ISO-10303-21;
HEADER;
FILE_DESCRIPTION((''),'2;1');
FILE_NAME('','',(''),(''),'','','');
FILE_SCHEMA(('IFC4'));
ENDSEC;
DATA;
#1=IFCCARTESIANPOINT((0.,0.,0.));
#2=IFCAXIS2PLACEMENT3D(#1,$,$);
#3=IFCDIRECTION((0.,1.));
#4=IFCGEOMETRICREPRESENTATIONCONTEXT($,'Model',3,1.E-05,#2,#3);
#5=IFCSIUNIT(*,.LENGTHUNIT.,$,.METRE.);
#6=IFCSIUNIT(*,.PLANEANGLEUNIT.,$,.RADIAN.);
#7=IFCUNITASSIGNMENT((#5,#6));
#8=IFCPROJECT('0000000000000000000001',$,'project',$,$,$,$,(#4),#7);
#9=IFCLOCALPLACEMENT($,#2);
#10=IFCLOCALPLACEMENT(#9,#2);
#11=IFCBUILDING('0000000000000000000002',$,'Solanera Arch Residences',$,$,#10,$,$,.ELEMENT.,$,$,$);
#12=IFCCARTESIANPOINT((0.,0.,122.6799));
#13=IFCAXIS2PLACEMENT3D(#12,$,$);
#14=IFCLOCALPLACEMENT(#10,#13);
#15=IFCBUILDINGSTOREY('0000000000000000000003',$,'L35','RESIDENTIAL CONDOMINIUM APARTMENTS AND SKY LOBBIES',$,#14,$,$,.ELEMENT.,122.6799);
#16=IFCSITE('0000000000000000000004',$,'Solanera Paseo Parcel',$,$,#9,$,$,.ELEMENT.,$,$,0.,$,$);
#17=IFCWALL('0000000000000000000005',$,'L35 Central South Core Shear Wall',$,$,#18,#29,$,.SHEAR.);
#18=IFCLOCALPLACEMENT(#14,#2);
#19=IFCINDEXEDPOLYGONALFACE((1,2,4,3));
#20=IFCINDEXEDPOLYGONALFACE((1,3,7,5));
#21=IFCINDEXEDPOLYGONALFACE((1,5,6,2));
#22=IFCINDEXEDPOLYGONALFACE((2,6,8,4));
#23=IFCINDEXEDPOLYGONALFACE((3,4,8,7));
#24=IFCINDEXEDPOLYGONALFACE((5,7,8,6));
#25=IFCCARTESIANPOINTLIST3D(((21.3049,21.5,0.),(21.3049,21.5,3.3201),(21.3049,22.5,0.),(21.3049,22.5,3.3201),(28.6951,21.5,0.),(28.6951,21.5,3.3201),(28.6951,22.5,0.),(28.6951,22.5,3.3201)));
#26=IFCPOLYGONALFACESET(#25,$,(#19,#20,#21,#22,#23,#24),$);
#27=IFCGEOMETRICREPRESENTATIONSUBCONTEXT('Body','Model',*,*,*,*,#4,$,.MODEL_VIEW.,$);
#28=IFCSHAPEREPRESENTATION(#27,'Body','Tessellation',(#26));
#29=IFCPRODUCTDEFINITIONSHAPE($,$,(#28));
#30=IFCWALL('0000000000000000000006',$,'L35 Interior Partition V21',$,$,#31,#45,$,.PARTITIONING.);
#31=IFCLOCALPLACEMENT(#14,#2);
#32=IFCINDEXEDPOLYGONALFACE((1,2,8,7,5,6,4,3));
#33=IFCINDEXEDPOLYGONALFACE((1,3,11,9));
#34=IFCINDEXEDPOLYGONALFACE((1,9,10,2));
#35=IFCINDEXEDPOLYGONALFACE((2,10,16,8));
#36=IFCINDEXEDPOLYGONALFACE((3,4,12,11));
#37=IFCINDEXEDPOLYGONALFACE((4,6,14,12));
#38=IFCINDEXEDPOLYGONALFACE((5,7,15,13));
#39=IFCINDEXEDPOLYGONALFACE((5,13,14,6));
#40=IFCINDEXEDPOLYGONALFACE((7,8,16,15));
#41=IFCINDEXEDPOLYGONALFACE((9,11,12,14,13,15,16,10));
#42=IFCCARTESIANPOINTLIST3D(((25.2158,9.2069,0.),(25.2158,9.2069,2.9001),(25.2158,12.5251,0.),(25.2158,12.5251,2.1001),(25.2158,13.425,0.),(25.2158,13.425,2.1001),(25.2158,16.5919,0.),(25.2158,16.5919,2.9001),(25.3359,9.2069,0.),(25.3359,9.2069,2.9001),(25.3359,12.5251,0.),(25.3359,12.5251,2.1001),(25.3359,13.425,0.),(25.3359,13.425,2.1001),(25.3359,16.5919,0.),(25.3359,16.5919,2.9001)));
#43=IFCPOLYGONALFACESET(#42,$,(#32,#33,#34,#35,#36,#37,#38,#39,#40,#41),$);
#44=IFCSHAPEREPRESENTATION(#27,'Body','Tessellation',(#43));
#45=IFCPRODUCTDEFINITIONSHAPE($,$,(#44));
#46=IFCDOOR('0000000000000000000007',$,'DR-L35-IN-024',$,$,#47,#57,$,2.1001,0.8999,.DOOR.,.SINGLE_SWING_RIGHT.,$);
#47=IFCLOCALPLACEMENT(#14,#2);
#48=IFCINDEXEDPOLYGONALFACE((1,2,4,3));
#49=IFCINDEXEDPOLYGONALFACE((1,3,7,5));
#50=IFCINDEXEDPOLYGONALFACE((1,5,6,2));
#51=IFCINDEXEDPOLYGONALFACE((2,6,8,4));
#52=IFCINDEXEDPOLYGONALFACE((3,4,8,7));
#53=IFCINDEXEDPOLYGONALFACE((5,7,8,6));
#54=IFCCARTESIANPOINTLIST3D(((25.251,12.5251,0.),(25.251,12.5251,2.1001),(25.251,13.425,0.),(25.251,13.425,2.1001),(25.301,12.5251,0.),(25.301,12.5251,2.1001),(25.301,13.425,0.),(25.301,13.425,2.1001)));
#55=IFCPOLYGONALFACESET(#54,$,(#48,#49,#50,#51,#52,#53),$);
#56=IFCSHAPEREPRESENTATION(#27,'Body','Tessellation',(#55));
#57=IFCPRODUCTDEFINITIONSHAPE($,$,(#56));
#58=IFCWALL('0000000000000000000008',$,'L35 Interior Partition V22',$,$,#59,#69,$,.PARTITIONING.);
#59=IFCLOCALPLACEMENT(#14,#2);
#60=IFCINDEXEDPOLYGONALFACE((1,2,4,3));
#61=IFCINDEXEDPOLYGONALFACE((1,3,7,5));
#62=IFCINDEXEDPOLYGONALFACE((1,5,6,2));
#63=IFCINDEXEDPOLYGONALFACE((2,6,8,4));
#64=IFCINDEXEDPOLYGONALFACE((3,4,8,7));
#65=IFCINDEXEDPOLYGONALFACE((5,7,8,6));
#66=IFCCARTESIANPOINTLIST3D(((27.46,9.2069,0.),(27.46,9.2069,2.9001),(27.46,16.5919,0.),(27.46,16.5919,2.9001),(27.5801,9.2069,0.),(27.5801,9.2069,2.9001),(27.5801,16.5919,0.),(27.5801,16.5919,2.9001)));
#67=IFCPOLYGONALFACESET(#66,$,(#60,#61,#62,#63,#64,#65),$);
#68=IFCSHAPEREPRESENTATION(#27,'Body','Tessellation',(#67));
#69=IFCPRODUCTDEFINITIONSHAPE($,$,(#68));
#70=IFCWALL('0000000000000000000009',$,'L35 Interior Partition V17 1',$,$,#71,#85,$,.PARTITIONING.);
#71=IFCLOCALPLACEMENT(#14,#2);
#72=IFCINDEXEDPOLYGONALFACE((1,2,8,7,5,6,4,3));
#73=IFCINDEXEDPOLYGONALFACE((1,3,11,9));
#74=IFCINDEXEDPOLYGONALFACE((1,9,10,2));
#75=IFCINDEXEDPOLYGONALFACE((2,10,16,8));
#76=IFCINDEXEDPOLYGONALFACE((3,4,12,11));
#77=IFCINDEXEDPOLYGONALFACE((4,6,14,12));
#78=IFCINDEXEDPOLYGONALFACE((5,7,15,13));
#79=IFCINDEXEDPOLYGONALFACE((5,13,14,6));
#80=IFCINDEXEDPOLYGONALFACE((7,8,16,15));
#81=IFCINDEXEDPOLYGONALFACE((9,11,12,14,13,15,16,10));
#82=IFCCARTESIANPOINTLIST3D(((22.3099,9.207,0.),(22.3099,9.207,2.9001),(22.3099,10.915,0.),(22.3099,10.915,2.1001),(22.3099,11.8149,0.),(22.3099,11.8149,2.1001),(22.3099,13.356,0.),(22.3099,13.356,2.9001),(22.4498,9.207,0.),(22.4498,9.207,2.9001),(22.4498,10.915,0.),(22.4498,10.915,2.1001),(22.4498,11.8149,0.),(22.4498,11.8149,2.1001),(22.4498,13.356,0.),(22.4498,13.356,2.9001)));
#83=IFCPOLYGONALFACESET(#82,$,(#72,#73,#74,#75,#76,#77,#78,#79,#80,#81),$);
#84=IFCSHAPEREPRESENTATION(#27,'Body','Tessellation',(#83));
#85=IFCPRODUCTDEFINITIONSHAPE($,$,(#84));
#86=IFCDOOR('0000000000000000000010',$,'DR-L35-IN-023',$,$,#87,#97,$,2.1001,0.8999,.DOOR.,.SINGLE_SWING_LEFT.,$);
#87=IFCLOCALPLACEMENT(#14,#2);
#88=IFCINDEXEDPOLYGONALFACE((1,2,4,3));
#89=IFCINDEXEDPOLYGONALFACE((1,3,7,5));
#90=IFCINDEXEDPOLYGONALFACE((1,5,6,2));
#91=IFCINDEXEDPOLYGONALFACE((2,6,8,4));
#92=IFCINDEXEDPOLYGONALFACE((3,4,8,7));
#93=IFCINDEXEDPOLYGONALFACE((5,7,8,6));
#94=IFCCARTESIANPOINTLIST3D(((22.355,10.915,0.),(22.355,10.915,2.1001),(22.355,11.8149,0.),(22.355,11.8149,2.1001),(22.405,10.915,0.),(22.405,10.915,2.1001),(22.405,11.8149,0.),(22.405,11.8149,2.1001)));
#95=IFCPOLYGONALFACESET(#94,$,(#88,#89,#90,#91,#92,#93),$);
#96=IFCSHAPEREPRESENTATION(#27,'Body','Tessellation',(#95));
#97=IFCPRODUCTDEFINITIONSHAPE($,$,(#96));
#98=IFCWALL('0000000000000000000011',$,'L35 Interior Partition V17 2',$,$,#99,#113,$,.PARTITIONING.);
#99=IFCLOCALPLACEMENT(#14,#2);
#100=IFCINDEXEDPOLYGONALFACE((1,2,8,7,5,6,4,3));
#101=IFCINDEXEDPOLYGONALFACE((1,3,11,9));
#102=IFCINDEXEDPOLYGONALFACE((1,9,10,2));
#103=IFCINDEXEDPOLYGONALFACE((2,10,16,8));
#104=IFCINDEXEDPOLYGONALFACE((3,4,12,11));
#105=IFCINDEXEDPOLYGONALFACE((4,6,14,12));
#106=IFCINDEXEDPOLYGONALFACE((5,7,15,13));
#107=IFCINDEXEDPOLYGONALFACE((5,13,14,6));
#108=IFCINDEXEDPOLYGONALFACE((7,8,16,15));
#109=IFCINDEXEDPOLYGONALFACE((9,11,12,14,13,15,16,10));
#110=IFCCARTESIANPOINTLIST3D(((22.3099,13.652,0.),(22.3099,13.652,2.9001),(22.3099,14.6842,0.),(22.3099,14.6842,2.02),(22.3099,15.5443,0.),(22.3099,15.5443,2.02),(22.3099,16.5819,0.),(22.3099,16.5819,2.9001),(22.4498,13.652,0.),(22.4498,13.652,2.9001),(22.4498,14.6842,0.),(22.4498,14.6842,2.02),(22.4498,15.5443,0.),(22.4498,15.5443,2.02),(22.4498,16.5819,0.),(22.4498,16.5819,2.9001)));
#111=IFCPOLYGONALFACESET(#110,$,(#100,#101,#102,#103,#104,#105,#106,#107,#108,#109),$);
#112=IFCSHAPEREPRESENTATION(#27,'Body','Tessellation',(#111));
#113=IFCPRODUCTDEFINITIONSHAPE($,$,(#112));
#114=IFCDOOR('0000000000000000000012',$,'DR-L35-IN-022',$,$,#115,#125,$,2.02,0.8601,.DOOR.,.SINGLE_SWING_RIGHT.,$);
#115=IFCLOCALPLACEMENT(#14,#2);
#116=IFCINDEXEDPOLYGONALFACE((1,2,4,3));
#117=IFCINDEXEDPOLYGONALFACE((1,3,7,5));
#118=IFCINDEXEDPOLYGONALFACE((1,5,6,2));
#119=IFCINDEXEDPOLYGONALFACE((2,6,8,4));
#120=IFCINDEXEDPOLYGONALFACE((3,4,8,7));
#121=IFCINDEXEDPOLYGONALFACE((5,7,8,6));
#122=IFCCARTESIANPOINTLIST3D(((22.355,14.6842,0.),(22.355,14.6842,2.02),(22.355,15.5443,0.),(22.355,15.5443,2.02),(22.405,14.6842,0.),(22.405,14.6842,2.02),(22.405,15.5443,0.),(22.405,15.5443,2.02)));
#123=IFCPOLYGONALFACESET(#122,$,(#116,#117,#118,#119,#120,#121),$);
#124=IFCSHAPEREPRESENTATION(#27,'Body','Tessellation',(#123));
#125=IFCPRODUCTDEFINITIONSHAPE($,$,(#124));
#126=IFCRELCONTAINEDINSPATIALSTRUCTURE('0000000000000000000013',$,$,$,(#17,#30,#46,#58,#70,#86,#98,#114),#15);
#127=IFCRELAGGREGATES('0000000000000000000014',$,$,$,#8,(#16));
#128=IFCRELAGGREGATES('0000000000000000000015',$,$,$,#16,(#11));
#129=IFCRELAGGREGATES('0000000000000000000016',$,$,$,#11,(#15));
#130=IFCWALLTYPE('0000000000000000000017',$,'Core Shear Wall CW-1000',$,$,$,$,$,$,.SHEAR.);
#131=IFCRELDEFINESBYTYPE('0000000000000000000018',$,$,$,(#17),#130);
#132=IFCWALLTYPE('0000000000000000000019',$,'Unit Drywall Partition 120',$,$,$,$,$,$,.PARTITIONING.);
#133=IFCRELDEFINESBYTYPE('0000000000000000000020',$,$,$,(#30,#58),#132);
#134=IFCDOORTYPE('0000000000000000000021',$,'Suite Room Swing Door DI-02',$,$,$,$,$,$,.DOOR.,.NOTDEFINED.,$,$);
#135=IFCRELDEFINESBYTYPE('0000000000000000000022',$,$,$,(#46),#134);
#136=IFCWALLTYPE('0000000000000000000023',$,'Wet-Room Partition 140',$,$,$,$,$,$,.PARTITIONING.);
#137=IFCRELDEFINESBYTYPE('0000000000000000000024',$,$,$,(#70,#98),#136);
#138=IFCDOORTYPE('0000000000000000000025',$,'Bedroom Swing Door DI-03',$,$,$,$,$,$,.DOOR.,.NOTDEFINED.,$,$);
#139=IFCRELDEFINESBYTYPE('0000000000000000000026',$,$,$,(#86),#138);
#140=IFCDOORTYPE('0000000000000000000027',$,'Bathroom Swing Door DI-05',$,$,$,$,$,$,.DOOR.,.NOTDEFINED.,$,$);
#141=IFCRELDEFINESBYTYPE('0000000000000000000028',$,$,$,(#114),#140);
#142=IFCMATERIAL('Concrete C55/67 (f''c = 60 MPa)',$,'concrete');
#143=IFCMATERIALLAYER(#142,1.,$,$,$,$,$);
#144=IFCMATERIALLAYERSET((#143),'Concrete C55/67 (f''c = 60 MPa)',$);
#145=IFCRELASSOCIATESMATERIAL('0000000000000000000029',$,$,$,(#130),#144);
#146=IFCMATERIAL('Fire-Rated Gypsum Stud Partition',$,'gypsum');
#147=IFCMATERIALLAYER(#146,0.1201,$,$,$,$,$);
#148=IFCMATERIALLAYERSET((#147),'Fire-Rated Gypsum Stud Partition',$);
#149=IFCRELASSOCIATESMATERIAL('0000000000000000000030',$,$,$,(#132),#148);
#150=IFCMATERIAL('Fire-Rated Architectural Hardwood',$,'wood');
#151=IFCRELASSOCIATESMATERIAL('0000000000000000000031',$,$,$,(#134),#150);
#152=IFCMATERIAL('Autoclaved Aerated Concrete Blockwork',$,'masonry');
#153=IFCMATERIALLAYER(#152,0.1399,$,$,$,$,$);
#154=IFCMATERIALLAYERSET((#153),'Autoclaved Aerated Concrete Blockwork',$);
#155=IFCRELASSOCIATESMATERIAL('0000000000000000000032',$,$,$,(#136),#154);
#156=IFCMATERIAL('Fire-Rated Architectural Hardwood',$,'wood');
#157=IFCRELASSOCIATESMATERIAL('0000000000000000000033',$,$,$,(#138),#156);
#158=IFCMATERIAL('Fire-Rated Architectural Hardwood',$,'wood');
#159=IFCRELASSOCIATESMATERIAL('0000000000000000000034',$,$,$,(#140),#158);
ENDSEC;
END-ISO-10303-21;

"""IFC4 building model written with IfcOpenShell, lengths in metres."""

from ifc_helpers import new_model, si_unit, direction, frame, frame_2d, origin, place, context, subcontext, project, spatial, rectangle, extrude, material, layer, layer_set, type_object, element, fill, save


model = new_model("IFC4")

# Units and contexts
model_context = context("Model", 3, precision=1e-05, world=origin(), true_north=direction((0.0, 1.0)))
body_context = subcontext(model_context, "Body", "Model", "MODEL_VIEW")
ifc_project = project(units=[si_unit("LENGTHUNIT", "METRE"), si_unit("PLANEANGLEUNIT", "RADIAN")], contexts=[model_context])

# Site, building, storey
site_placement = place(None, origin())
site = spatial("IfcSite", under=ifc_project, at=site_placement, Name="Solanera Paseo Parcel", CompositionType="ELEMENT", RefElevation=0.0)
building_placement = place(site_placement, origin())
building = spatial("IfcBuilding", under=site, at=building_placement, Name="Solanera Arch Residences", CompositionType="ELEMENT")
storey_placement = place(building_placement, frame((0.0, 0.0, 122.6799)))
storey = spatial("IfcBuildingStorey", under=building, at=storey_placement, Name="L35", Description="RESIDENTIAL CONDOMINIUM APARTMENTS AND SKY LOBBIES", CompositionType="ELEMENT", Elevation=122.6799)

# Wall
ifc_material_1 = material(Name="Concrete C55/67 (f'c = 60 MPa)", Category="concrete")
ifc_layer_1 = layer(ifc_material_1, 1.0)
ifc_layer_set_1 = layer_set([ifc_layer_1], Name="Concrete C55/67 (f'c = 60 MPa)")
wall_type_1 = type_object("IfcWallType", Name="Core Shear Wall CW-1000", PredefinedType="SHEAR", material=ifc_layer_set_1)
wall_1_placement = place(storey_placement, frame((21.3049, 22.0, 0.0), z_axis=(0.0, 0.0, 1.0), x_axis=(1.0, 0.0, 0.0)))
element("IfcWall", 1, at=wall_1_placement, inside=storey, type_object=wall_type_1, Name="L35 Central South Core Shear Wall", PredefinedType="SHEAR", context=body_context, shape_type="SweptSolid", body=[
    extrude(rectangle(XDim=7.3901, YDim=1.0, at=frame_2d((3.6951, 0.0))), origin(), (0.0, 0.0, 1.0), 3.3201),
])

# Wall, opening, door
ifc_material_2 = material(Name="Fire-Rated Gypsum Stud Partition", Category="gypsum")
ifc_layer_2 = layer(ifc_material_2, 0.1201)
ifc_layer_set_2 = layer_set([ifc_layer_2], Name="Fire-Rated Gypsum Stud Partition")
wall_type_2 = type_object("IfcWallType", Name="Unit Drywall Partition 120", PredefinedType="PARTITIONING", material=ifc_layer_set_2)
wall_2_placement = place(storey_placement, frame((25.2759, 9.207, 0.0), z_axis=(0.0, 0.0, 1.0), x_axis=(0.0, 1.0, 0.0)))
wall_2 = element("IfcWall", 2, at=wall_2_placement, inside=storey, type_object=wall_type_2, Name="L35 Interior Partition V21", PredefinedType="PARTITIONING", context=body_context, shape_type="SweptSolid", body=[
    extrude(rectangle(XDim=7.385, YDim=0.1201, at=frame_2d((3.6924, 0.0))), origin(), (0.0, 0.0, 1.0), 2.9001),
])
opening_1_placement = place(wall_2_placement, frame((3.3181, 0.0, 0.0)))
opening_1 = element("IfcOpeningElement", 3, at=opening_1_placement, cuts=wall_2, PredefinedType="OPENING", context=body_context, shape_type="SweptSolid", body=[
    extrude(rectangle(XDim=0.8999, YDim=2.1001, at=frame_2d((0.45, 1.05))), frame((0.0, 0.0701, 0.0), z_axis=(0.0, -1.0, 0.0), x_axis=(1.0, 0.0, 0.0)), (0.0, 0.0, 1.0), 0.1401),
])
ifc_material_3 = material(Name="Fire-Rated Architectural Hardwood", Category="wood")
door_type_1 = type_object("IfcDoorType", Name="Suite Room Swing Door DI-02", OperationType="NOTDEFINED", PredefinedType="DOOR", material=ifc_material_3)
door_1_placement = place(opening_1_placement, origin())
door_1 = element("IfcDoor", 4, at=door_1_placement, inside=storey, type_object=door_type_1, Name="DR-L35-IN-024", OperationType="SINGLE_SWING_RIGHT", OverallHeight=2.1001, OverallWidth=0.8999, PredefinedType="DOOR", context=body_context, shape_type="SweptSolid", body=[
    extrude(rectangle(XDim=0.8999, YDim=2.1001, at=frame_2d((0.45, 1.05))), frame((0.0, 0.0249, 0.0), z_axis=(0.0, -1.0, 0.0), x_axis=(1.0, 0.0, 0.0)), (0.0, 0.0, 1.0), 0.05),
])
fill(opening_1, door_1)

# Wall
wall_3_placement = place(storey_placement, frame((27.52, 9.207, 0.0), z_axis=(0.0, 0.0, 1.0), x_axis=(0.0, 1.0, 0.0)))
element("IfcWall", 5, at=wall_3_placement, inside=storey, type_object=wall_type_2, Name="L35 Interior Partition V22", PredefinedType="PARTITIONING", context=body_context, shape_type="SweptSolid", body=[
    extrude(rectangle(XDim=7.385, YDim=0.1201, at=frame_2d((3.6924, 0.0))), origin(), (0.0, 0.0, 1.0), 2.9001),
])

# Walls, openings, doors
ifc_material_4 = material(Name="Autoclaved Aerated Concrete Blockwork", Category="masonry")
ifc_layer_3 = layer(ifc_material_4, 0.1399)
ifc_layer_set_3 = layer_set([ifc_layer_3], Name="Autoclaved Aerated Concrete Blockwork")
wall_type_3 = type_object("IfcWallType", Name="Wet-Room Partition 140", PredefinedType="PARTITIONING", material=ifc_layer_set_3)
wall_4_placement = place(storey_placement, frame((22.3799, 9.207, 0.0), z_axis=(0.0, 0.0, 1.0), x_axis=(0.0, 1.0, 0.0)))
wall_4 = element("IfcWall", 6, at=wall_4_placement, inside=storey, type_object=wall_type_3, Name="L35 Interior Partition V17 1", PredefinedType="PARTITIONING", context=body_context, shape_type="SweptSolid", body=[
    extrude(rectangle(XDim=4.1489, YDim=0.1399, at=frame_2d((2.0745, 0.0))), origin(), (0.0, 0.0, 1.0), 2.9001),
])
opening_2_placement = place(wall_4_placement, frame((1.708, 0.0, 0.0)))
opening_2 = element("IfcOpeningElement", 7, at=opening_2_placement, cuts=wall_4, PredefinedType="OPENING", context=body_context, shape_type="SweptSolid", body=[
    extrude(rectangle(XDim=0.8999, YDim=2.1001, at=frame_2d((0.45, 1.05))), frame((0.0, 0.0798, 0.0), z_axis=(0.0, -1.0, 0.0), x_axis=(1.0, 0.0, 0.0)), (0.0, 0.0, 1.0), 0.1599),
])
ifc_material_5 = material(Name="Fire-Rated Architectural Hardwood", Category="wood")
door_type_2 = type_object("IfcDoorType", Name="Bedroom Swing Door DI-03", OperationType="NOTDEFINED", PredefinedType="DOOR", material=ifc_material_5)
door_2_placement = place(opening_2_placement, origin())
door_2 = element("IfcDoor", 8, at=door_2_placement, inside=storey, type_object=door_type_2, Name="DR-L35-IN-023", OperationType="SINGLE_SWING_LEFT", OverallHeight=2.1001, OverallWidth=0.8999, PredefinedType="DOOR", context=body_context, shape_type="SweptSolid", body=[
    extrude(rectangle(XDim=0.8999, YDim=2.1001, at=frame_2d((0.45, 1.05))), frame((0.0, 0.0249, 0.0), z_axis=(0.0, -1.0, 0.0), x_axis=(1.0, 0.0, 0.0)), (0.0, 0.0, 1.0), 0.05),
])
fill(opening_2, door_2)
wall_5_placement = place(storey_placement, frame((22.3799, 13.6521, 0.0), z_axis=(0.0, 0.0, 1.0), x_axis=(0.0, 1.0, 0.0)))
wall_5 = element("IfcWall", 9, at=wall_5_placement, inside=storey, type_object=wall_type_3, Name="L35 Interior Partition V17 2", PredefinedType="PARTITIONING", context=body_context, shape_type="SweptSolid", body=[
    extrude(rectangle(XDim=2.9299, YDim=0.1399, at=frame_2d((1.4648, 0.0))), origin(), (0.0, 0.0, 1.0), 2.9001),
])
opening_3_placement = place(wall_5_placement, frame((1.032, 0.0, 0.0)))
opening_3 = element("IfcOpeningElement", 10, at=opening_3_placement, cuts=wall_5, PredefinedType="OPENING", context=body_context, shape_type="SweptSolid", body=[
    extrude(rectangle(XDim=0.8601, YDim=2.02, at=frame_2d((0.4302, 1.01))), frame((0.0, 0.0798, 0.0), z_axis=(0.0, -1.0, 0.0), x_axis=(1.0, 0.0, 0.0)), (0.0, 0.0, 1.0), 0.1599),
])
ifc_material_6 = material(Name="Fire-Rated Architectural Hardwood", Category="wood")
door_type_3 = type_object("IfcDoorType", Name="Bathroom Swing Door DI-05", OperationType="NOTDEFINED", PredefinedType="DOOR", material=ifc_material_6)
door_3_placement = place(opening_3_placement, origin())
door_3 = element("IfcDoor", 11, at=door_3_placement, inside=storey, type_object=door_type_3, Name="DR-L35-IN-022", OperationType="SINGLE_SWING_RIGHT", OverallHeight=2.02, OverallWidth=0.8601, PredefinedType="DOOR", context=body_context, shape_type="SweptSolid", body=[
    extrude(rectangle(XDim=0.8601, YDim=2.02, at=frame_2d((0.4302, 1.01))), frame((0.0, 0.0249, 0.0), z_axis=(0.0, -1.0, 0.0), x_axis=(1.0, 0.0, 0.0)), (0.0, 0.0, 1.0), 0.05),
])
fill(opening_3, door_3)

save(model, "model.ifc")
